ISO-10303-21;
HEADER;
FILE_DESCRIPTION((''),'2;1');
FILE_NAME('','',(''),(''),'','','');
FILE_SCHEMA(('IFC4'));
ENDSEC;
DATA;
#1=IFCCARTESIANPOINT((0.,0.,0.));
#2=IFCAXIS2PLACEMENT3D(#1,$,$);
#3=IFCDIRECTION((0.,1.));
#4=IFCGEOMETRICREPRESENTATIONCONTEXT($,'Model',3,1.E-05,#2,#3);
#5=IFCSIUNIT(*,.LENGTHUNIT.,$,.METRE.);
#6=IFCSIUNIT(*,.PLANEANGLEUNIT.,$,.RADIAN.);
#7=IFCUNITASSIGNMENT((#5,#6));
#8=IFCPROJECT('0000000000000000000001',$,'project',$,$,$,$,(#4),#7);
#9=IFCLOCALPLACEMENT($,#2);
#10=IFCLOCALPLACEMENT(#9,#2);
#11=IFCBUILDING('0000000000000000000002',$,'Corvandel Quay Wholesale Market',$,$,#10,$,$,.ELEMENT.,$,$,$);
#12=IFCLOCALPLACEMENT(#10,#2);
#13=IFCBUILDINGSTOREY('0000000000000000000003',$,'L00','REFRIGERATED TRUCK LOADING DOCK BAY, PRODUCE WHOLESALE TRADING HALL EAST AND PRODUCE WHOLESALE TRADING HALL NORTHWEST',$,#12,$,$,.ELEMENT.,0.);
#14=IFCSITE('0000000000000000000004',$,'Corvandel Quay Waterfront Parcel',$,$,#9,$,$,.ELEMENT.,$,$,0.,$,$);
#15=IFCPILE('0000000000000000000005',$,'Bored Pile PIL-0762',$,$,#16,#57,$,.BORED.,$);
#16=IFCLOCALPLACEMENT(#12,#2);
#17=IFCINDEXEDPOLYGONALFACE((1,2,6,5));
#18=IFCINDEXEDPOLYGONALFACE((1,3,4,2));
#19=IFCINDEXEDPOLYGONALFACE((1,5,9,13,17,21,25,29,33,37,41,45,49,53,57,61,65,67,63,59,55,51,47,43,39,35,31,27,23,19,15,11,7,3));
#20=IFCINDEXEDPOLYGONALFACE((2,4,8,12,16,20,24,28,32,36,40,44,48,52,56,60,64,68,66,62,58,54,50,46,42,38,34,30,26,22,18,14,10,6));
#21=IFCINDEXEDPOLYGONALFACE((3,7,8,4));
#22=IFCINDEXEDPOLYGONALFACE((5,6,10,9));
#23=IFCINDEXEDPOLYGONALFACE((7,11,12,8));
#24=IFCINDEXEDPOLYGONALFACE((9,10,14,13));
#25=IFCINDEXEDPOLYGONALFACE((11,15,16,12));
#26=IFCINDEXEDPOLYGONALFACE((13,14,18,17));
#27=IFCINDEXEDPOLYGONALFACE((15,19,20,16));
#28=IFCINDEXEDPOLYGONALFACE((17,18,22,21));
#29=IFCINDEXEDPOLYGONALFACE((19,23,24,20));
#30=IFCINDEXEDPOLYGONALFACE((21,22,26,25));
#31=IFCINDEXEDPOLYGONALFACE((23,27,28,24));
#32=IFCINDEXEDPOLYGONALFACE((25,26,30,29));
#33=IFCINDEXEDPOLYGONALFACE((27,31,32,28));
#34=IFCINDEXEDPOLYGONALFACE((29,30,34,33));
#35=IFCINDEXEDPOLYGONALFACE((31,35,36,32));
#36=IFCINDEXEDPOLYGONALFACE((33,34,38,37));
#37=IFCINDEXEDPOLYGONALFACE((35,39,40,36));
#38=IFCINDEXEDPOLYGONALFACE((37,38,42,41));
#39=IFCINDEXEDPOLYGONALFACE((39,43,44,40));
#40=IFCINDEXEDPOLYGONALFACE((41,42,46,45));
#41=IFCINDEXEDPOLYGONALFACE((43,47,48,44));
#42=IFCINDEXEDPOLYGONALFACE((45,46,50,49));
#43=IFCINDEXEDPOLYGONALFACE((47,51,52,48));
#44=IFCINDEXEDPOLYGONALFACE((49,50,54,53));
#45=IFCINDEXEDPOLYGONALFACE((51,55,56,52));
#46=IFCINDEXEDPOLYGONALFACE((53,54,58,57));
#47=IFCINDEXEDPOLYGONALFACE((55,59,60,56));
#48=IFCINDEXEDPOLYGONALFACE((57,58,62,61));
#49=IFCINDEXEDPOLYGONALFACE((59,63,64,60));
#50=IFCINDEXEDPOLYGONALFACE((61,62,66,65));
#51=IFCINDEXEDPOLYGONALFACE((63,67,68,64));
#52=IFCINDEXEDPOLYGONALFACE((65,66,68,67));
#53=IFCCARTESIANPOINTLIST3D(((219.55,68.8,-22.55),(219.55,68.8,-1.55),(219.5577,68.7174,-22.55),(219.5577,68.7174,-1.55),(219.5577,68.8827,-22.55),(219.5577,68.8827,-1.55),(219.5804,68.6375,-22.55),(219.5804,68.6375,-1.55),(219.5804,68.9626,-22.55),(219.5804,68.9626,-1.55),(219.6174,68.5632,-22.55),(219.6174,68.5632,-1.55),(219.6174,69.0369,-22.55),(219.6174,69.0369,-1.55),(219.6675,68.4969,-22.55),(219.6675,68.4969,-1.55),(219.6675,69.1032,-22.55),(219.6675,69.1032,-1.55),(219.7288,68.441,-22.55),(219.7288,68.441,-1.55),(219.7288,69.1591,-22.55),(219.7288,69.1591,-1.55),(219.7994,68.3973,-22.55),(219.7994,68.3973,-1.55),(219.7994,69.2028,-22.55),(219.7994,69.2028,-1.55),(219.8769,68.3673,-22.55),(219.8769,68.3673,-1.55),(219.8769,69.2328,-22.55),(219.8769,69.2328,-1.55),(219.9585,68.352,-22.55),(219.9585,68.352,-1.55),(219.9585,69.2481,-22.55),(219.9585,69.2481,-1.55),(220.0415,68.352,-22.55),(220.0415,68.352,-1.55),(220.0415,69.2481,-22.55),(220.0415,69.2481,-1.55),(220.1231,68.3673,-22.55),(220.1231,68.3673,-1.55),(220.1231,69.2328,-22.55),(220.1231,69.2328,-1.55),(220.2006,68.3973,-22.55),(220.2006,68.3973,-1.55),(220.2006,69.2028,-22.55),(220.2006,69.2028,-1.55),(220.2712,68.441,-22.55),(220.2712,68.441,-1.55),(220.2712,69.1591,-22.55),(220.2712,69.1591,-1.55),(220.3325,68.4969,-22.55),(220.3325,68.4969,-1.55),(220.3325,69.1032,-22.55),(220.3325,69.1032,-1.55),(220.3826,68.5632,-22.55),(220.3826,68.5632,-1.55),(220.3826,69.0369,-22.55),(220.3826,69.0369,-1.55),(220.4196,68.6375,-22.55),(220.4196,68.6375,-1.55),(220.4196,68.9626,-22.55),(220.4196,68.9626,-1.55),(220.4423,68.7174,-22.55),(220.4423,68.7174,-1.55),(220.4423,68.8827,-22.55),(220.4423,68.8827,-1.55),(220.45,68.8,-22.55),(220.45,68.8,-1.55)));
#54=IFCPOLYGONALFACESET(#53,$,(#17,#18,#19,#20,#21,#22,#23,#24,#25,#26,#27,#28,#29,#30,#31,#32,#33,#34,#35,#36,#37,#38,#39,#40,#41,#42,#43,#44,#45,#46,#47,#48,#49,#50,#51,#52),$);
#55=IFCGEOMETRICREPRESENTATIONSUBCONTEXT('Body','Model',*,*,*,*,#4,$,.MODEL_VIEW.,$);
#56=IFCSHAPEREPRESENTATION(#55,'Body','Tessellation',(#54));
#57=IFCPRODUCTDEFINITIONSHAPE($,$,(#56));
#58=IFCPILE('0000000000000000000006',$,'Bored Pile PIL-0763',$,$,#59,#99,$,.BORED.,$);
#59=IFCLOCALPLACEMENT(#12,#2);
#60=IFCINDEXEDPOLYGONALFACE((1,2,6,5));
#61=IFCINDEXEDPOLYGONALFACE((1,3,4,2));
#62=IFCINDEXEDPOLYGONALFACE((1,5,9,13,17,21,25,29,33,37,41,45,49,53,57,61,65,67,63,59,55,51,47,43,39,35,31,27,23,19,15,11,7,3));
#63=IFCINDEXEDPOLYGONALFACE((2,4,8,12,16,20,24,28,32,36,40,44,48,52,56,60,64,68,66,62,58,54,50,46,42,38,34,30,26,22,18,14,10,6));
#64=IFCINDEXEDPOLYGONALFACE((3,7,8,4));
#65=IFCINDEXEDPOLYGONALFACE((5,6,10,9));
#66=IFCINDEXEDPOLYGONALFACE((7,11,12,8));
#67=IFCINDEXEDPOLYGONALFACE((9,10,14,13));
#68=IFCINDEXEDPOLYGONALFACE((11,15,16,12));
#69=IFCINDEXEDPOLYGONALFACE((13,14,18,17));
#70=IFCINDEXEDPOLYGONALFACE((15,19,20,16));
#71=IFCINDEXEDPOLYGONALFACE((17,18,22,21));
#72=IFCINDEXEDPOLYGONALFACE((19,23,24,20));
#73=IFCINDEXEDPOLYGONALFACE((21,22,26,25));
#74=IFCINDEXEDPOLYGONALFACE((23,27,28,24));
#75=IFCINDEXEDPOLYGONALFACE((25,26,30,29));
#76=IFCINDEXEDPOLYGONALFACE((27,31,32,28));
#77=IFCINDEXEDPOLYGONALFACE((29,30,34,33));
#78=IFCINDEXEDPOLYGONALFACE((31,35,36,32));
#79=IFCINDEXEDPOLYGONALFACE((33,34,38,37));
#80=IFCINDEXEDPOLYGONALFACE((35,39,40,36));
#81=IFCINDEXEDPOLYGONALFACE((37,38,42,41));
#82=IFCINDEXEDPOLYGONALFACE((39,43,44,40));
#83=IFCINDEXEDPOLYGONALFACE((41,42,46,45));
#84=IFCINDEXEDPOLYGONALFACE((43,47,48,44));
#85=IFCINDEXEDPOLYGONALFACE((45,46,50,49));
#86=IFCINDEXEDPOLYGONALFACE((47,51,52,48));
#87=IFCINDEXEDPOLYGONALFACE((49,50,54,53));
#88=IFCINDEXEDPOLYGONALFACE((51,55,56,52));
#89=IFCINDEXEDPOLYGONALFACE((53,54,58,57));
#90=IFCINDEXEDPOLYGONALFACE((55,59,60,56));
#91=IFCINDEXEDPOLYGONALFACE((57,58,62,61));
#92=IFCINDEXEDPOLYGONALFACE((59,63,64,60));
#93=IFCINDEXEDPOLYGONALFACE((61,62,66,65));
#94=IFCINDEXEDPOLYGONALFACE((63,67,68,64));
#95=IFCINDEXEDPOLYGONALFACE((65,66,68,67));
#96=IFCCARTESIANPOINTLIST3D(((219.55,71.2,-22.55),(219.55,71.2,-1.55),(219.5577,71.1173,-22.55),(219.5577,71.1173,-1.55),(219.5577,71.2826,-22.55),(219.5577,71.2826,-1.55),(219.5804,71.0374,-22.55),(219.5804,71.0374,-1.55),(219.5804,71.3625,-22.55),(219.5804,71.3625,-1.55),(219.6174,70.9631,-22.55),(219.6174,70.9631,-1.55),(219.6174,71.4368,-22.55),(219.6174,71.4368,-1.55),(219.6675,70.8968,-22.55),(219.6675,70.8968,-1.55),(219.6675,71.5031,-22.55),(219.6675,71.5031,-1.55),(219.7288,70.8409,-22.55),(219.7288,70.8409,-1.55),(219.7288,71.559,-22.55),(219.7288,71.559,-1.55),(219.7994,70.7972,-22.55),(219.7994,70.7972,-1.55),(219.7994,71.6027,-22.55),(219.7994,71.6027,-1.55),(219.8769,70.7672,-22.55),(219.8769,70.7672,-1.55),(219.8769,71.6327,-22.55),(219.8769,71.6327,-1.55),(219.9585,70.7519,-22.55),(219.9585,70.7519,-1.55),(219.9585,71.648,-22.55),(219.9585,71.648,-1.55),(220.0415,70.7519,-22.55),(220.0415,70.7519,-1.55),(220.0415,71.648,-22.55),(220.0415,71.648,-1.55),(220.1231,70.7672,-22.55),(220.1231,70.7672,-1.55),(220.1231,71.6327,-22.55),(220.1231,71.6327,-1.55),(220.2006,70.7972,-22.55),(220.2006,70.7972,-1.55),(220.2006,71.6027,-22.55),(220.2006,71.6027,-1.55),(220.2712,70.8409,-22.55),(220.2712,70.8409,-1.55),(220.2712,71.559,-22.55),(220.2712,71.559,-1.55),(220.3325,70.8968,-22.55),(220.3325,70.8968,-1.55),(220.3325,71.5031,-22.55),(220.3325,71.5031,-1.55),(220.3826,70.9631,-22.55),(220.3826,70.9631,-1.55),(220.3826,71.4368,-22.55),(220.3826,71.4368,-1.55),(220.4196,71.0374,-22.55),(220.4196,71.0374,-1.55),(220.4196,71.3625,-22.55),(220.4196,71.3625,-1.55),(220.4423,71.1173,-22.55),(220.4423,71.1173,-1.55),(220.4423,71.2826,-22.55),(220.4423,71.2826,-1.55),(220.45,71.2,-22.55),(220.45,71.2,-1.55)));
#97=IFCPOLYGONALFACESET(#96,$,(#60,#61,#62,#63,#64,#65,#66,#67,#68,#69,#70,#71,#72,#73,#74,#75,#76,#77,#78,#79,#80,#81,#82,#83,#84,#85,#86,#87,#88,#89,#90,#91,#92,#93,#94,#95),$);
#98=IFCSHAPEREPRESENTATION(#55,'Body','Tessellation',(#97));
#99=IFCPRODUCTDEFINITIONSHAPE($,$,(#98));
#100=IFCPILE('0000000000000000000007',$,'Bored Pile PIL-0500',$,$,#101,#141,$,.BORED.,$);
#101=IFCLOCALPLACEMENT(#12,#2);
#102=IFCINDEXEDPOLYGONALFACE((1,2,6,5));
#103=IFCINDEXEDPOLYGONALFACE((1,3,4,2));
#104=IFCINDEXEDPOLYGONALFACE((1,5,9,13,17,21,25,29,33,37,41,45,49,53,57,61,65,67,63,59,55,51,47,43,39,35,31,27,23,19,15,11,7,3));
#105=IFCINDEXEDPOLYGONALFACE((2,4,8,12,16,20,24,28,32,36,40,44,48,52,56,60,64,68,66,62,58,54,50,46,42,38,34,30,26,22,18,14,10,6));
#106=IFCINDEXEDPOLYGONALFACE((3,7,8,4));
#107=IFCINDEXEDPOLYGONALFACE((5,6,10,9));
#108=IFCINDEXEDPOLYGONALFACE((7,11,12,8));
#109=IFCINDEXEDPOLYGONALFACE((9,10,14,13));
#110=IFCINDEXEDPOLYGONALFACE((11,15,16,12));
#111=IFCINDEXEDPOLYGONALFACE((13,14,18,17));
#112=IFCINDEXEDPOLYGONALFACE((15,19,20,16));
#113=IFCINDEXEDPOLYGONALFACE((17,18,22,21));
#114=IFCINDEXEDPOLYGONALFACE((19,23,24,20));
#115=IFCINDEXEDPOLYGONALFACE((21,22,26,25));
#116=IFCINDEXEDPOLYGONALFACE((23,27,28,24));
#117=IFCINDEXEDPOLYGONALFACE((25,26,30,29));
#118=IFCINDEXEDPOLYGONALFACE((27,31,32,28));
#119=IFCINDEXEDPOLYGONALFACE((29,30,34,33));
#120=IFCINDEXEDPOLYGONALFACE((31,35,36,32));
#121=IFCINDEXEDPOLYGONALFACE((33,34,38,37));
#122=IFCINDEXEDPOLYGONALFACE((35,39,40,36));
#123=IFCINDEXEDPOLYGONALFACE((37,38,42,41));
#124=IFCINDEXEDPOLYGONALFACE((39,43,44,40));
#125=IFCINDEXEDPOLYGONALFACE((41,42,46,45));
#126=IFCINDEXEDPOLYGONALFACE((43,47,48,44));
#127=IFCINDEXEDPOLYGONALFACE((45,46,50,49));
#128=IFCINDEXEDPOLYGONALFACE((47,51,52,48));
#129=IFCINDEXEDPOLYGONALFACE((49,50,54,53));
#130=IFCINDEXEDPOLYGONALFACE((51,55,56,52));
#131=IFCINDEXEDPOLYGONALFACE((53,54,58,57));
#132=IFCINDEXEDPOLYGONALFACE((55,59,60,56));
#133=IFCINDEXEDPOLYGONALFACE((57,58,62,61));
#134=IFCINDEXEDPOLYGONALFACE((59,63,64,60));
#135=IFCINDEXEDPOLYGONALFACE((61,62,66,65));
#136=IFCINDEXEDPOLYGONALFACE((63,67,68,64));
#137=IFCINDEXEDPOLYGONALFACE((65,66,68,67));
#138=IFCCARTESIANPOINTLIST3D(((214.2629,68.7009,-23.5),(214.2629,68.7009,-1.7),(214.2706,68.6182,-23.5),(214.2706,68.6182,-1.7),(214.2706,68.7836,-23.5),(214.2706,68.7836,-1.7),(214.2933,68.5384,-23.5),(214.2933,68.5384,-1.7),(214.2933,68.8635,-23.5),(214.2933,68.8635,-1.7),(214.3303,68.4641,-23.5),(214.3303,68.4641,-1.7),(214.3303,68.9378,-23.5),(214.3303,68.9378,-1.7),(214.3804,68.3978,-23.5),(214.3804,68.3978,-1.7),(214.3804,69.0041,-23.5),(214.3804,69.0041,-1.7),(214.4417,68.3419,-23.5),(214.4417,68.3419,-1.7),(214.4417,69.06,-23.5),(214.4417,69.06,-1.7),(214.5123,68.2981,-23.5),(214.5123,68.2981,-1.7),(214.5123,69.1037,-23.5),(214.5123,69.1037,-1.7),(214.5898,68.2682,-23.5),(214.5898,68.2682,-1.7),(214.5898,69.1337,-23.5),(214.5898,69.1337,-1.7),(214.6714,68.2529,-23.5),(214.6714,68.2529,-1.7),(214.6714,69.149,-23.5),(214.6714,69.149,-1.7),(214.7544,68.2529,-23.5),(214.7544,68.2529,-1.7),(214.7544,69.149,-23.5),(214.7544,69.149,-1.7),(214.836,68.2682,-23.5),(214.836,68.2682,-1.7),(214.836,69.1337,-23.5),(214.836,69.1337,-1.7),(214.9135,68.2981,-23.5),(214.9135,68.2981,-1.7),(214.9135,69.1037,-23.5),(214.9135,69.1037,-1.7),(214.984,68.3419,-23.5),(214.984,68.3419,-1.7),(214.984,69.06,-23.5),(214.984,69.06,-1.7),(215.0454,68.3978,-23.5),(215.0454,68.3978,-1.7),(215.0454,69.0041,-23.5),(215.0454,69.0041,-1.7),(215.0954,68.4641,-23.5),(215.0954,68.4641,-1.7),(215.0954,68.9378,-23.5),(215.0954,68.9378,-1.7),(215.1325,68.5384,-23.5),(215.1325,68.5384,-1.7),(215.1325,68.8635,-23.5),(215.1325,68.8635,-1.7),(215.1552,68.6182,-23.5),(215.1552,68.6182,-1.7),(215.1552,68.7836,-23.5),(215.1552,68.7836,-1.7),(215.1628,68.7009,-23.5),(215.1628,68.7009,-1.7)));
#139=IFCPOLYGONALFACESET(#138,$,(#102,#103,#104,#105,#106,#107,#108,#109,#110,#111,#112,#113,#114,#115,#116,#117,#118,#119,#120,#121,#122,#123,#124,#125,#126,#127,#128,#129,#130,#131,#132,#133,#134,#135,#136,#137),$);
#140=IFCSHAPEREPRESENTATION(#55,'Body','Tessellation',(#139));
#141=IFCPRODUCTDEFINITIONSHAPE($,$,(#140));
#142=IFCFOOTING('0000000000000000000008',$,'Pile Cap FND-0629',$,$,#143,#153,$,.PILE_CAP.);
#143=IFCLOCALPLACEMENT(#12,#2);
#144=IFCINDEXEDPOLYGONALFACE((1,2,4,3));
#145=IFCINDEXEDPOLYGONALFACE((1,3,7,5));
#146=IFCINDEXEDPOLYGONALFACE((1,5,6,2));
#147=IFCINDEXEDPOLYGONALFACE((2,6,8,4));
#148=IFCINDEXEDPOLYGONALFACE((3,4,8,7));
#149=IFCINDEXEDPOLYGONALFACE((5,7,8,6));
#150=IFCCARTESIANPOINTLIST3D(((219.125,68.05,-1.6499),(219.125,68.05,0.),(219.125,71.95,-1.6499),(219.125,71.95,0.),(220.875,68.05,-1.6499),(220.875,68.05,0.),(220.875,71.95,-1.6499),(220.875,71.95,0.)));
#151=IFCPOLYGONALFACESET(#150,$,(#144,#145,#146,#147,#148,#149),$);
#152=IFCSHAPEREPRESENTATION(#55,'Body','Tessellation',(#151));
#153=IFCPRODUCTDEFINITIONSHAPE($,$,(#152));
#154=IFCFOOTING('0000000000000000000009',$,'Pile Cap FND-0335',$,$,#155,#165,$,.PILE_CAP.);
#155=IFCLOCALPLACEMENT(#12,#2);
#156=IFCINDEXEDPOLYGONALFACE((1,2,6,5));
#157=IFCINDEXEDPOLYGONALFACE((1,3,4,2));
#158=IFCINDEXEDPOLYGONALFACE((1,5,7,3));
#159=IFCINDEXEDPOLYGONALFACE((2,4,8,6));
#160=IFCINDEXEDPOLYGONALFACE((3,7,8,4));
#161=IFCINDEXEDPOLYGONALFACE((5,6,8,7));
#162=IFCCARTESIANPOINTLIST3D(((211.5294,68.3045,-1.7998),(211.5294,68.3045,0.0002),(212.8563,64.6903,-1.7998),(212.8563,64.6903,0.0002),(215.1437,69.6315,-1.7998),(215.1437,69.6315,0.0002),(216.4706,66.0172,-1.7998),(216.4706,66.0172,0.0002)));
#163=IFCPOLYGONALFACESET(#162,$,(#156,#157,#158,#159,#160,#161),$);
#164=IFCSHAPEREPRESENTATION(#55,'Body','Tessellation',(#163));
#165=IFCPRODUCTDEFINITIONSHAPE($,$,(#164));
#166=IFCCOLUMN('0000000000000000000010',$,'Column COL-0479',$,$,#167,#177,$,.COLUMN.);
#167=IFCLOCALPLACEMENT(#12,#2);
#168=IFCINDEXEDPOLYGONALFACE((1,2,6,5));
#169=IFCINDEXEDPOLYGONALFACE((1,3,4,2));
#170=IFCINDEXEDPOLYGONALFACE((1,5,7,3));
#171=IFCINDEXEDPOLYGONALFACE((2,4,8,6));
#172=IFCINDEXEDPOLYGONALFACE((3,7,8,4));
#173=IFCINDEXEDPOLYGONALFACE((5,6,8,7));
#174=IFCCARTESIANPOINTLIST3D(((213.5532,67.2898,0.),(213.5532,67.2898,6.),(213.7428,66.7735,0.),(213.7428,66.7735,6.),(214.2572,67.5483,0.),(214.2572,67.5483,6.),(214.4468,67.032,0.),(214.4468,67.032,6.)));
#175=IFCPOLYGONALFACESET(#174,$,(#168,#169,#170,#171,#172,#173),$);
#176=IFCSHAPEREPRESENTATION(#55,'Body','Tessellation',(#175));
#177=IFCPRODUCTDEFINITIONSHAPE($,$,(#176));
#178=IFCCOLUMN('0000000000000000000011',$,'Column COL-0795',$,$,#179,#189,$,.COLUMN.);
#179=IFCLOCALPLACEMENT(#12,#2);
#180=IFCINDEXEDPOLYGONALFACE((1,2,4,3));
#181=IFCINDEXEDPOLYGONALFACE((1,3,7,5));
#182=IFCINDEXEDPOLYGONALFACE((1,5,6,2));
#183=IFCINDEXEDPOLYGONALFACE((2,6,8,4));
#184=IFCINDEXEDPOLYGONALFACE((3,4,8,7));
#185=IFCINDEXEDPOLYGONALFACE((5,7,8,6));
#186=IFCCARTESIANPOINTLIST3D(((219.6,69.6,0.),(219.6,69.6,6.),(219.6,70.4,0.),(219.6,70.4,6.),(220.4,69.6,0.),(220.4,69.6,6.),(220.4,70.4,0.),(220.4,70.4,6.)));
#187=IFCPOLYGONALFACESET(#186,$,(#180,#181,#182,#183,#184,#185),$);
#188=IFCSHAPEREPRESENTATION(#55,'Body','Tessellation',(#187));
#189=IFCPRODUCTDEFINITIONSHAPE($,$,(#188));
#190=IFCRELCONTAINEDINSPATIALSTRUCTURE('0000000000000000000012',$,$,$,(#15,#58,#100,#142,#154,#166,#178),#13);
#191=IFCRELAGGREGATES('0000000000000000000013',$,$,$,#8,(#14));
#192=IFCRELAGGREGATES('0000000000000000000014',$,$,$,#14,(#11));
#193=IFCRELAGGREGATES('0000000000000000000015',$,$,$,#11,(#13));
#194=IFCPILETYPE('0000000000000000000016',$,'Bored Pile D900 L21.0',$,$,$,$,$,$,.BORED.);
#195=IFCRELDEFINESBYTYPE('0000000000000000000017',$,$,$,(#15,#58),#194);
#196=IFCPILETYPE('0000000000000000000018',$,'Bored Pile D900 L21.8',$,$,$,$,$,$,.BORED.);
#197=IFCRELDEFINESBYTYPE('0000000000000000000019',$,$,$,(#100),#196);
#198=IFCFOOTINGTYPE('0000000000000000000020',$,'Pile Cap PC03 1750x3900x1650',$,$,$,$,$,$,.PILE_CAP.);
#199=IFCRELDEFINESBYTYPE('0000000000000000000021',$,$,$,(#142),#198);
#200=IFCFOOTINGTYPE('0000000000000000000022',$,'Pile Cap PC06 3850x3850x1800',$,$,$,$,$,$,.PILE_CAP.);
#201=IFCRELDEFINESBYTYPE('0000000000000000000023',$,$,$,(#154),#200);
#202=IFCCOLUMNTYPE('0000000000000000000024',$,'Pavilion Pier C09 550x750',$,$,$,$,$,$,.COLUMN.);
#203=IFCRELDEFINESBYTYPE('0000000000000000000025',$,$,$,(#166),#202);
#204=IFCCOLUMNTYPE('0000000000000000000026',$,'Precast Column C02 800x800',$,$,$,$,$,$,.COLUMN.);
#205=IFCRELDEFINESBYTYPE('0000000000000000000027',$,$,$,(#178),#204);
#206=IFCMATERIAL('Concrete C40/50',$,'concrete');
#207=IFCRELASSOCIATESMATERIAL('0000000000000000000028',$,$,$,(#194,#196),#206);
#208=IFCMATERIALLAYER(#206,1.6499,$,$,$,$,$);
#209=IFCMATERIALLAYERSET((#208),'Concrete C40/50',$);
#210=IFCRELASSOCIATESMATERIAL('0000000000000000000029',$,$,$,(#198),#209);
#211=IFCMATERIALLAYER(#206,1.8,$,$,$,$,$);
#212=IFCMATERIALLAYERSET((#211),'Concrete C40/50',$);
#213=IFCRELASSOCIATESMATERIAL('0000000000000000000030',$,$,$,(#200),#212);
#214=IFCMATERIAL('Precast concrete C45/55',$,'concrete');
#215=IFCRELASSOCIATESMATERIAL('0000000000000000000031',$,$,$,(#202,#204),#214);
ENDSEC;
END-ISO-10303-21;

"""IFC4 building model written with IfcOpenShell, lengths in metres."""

from ifc_helpers import new_model, si_unit, direction, frame, origin, origin_2d, place, context, subcontext, project, spatial, rectangle, circle, extrude, material, layer, layer_set, material_profile, profile_set, type_object, element, save


model = new_model("IFC4")

# Units and contexts
model_context = context("Model", 3, precision=1e-05, world=origin(), true_north=direction((0.0, 1.0)))
body_context = subcontext(model_context, "Body", "Model", "MODEL_VIEW")
ifc_project = project(units=[si_unit("LENGTHUNIT", "METRE"), si_unit("PLANEANGLEUNIT", "RADIAN")], contexts=[model_context])

# Site, building, storey
site_placement = place(None, origin())
site = spatial("IfcSite", under=ifc_project, at=site_placement, Name="Corvandel Quay Waterfront Parcel", CompositionType="ELEMENT", RefElevation=0.0)
building_placement = place(site_placement, origin())
building = spatial("IfcBuilding", under=site, at=building_placement, Name="Corvandel Quay Wholesale Market", CompositionType="ELEMENT")
storey_placement = place(building_placement, origin())
storey = spatial("IfcBuildingStorey", under=building, at=storey_placement, Name="L00", Description="REFRIGERATED TRUCK LOADING DOCK BAY, PRODUCE WHOLESALE TRADING HALL EAST AND PRODUCE WHOLESALE TRADING HALL NORTHWEST", CompositionType="ELEMENT", Elevation=0.0)

# Piles
ifc_material_1 = material(Name="Concrete C40/50", Category="concrete")
ifc_material_profile_1 = material_profile(ifc_material_1, circle(Radius=0.45, at=origin_2d()), Name="RC-PILE-D900")
ifc_profile_set_1 = profile_set([ifc_material_profile_1], Name="Concrete C40/50")
pile_type_1 = type_object("IfcPileType", Name="Bored Pile D900 L21.0", PredefinedType="BORED", material=ifc_profile_set_1)
for number, where, z_axis, x_axis, name in (
    (1, (220.0, 68.8, -1.55), (0.0, 0.0, -1.0), (1.0, 0.0, 0.0), "Bored Pile PIL-0762"),
    (2, (220.0, 71.2, -1.55), (0.0, 0.0, -1.0), (1.0, 0.0, 0.0), "Bored Pile PIL-0763"),
):
    element("IfcPile", number, at=place(storey_placement, frame(where, z_axis=z_axis, x_axis=x_axis)), inside=storey, type_object=pile_type_1, Name=name, PredefinedType="BORED", context=body_context, shape_type="SweptSolid", body=[
        extrude(circle(Radius=0.45, at=origin_2d()), origin(), (0.0, 0.0, 1.0), 21.0),
    ])
ifc_material_profile_2 = material_profile(ifc_material_1, circle(Radius=0.45, at=origin_2d()), Name="RC-PILE-D900")
ifc_profile_set_2 = profile_set([ifc_material_profile_2], Name="Concrete C40/50")
pile_type_2 = type_object("IfcPileType", Name="Bored Pile D900 L21.8", PredefinedType="BORED", material=ifc_profile_set_2)
pile_placement = place(storey_placement, frame((214.7129, 68.7009, -1.7), z_axis=(0.0, 0.0, -1.0), x_axis=(1.0, 0.0, 0.0)))
element("IfcPile", 3, at=pile_placement, inside=storey, type_object=pile_type_2, Name="Bored Pile PIL-0500", PredefinedType="BORED", context=body_context, shape_type="SweptSolid", body=[
    extrude(circle(Radius=0.45, at=origin_2d()), origin(), (0.0, 0.0, 1.0), 21.8),
])

# Footings
ifc_layer_1 = layer(ifc_material_1, 1.6499)
ifc_layer_set_1 = layer_set([ifc_layer_1], Name="Concrete C40/50")
footing_type_1 = type_object("IfcFootingType", Name="Pile Cap PC03 1750x3900x1650", PredefinedType="PILE_CAP", material=ifc_layer_set_1)
footing_1_placement = place(storey_placement, frame((220.0, 70.0, -1.6499), z_axis=(0.0, 0.0, 1.0), x_axis=(1.0, 0.0, 0.0)))
element("IfcFooting", 4, at=footing_1_placement, inside=storey, type_object=footing_type_1, Name="Pile Cap FND-0629", PredefinedType="PILE_CAP", context=body_context, shape_type="SweptSolid", body=[
    extrude(rectangle(XDim=1.75, YDim=3.8999, at=origin_2d()), origin(), (0.0, 0.0, 1.0), 1.6499),
])
ifc_layer_2 = layer(ifc_material_1, 1.8)
ifc_layer_set_2 = layer_set([ifc_layer_2], Name="Concrete C40/50")
footing_type_2 = type_object("IfcFootingType", Name="Pile Cap PC06 3850x3850x1800", PredefinedType="PILE_CAP", material=ifc_layer_set_2)
footing_2_placement = place(storey_placement, frame((214.0, 67.1609, -1.7998), z_axis=(0.0, 0.0, 1.0), x_axis=(-0.344643, 0.938734, 0.0)))
element("IfcFooting", 5, at=footing_2_placement, inside=storey, type_object=footing_type_2, Name="Pile Cap FND-0335", PredefinedType="PILE_CAP", context=body_context, shape_type="SweptSolid", body=[
    extrude(rectangle(XDim=3.8501, YDim=3.8501, at=origin_2d()), origin(), (0.0, 0.0, 1.0), 1.8),
])

# Columns
ifc_material_2 = material(Name="Precast concrete C45/55", Category="concrete")
ifc_material_profile_3 = material_profile(ifc_material_2, rectangle(XDim=0.55, YDim=0.75, at=origin_2d()), Name="PC-COL-550x750")
ifc_profile_set_3 = profile_set([ifc_material_profile_3], Name="Precast concrete C45/55")
column_type_1 = type_object("IfcColumnType", Name="Pavilion Pier C09 550x750", PredefinedType="COLUMN", material=ifc_profile_set_3)
column_1_placement = place(storey_placement, frame((214.0, 67.1609, 0.0), z_axis=(0.0, 0.0, 1.0), x_axis=(-0.344643, 0.938734, 0.0)))
element("IfcColumn", 6, at=column_1_placement, inside=storey, type_object=column_type_1, Name="Column COL-0479", PredefinedType="COLUMN", context=body_context, shape_type="SweptSolid", body=[
    extrude(rectangle(XDim=0.55, YDim=0.75, at=origin_2d()), origin(), (0.0, 0.0, 1.0), 6.0),
])
ifc_material_profile_4 = material_profile(ifc_material_2, rectangle(XDim=0.8, YDim=0.8, at=origin_2d()), Name="PC-COL-800x800")
ifc_profile_set_4 = profile_set([ifc_material_profile_4], Name="Precast concrete C45/55")
column_type_2 = type_object("IfcColumnType", Name="Precast Column C02 800x800", PredefinedType="COLUMN", material=ifc_profile_set_4)
column_2_placement = place(storey_placement, frame((220.0, 70.0, 0.0), z_axis=(0.0, 0.0, 1.0), x_axis=(1.0, 0.0, 0.0)))
element("IfcColumn", 7, at=column_2_placement, inside=storey, type_object=column_type_2, Name="Column COL-0795", PredefinedType="COLUMN", context=body_context, shape_type="SweptSolid", body=[
    extrude(rectangle(XDim=0.8, YDim=0.8, at=origin_2d()), origin(), (0.0, 0.0, 1.0), 6.0),
])

save(model, "model.ifc")
